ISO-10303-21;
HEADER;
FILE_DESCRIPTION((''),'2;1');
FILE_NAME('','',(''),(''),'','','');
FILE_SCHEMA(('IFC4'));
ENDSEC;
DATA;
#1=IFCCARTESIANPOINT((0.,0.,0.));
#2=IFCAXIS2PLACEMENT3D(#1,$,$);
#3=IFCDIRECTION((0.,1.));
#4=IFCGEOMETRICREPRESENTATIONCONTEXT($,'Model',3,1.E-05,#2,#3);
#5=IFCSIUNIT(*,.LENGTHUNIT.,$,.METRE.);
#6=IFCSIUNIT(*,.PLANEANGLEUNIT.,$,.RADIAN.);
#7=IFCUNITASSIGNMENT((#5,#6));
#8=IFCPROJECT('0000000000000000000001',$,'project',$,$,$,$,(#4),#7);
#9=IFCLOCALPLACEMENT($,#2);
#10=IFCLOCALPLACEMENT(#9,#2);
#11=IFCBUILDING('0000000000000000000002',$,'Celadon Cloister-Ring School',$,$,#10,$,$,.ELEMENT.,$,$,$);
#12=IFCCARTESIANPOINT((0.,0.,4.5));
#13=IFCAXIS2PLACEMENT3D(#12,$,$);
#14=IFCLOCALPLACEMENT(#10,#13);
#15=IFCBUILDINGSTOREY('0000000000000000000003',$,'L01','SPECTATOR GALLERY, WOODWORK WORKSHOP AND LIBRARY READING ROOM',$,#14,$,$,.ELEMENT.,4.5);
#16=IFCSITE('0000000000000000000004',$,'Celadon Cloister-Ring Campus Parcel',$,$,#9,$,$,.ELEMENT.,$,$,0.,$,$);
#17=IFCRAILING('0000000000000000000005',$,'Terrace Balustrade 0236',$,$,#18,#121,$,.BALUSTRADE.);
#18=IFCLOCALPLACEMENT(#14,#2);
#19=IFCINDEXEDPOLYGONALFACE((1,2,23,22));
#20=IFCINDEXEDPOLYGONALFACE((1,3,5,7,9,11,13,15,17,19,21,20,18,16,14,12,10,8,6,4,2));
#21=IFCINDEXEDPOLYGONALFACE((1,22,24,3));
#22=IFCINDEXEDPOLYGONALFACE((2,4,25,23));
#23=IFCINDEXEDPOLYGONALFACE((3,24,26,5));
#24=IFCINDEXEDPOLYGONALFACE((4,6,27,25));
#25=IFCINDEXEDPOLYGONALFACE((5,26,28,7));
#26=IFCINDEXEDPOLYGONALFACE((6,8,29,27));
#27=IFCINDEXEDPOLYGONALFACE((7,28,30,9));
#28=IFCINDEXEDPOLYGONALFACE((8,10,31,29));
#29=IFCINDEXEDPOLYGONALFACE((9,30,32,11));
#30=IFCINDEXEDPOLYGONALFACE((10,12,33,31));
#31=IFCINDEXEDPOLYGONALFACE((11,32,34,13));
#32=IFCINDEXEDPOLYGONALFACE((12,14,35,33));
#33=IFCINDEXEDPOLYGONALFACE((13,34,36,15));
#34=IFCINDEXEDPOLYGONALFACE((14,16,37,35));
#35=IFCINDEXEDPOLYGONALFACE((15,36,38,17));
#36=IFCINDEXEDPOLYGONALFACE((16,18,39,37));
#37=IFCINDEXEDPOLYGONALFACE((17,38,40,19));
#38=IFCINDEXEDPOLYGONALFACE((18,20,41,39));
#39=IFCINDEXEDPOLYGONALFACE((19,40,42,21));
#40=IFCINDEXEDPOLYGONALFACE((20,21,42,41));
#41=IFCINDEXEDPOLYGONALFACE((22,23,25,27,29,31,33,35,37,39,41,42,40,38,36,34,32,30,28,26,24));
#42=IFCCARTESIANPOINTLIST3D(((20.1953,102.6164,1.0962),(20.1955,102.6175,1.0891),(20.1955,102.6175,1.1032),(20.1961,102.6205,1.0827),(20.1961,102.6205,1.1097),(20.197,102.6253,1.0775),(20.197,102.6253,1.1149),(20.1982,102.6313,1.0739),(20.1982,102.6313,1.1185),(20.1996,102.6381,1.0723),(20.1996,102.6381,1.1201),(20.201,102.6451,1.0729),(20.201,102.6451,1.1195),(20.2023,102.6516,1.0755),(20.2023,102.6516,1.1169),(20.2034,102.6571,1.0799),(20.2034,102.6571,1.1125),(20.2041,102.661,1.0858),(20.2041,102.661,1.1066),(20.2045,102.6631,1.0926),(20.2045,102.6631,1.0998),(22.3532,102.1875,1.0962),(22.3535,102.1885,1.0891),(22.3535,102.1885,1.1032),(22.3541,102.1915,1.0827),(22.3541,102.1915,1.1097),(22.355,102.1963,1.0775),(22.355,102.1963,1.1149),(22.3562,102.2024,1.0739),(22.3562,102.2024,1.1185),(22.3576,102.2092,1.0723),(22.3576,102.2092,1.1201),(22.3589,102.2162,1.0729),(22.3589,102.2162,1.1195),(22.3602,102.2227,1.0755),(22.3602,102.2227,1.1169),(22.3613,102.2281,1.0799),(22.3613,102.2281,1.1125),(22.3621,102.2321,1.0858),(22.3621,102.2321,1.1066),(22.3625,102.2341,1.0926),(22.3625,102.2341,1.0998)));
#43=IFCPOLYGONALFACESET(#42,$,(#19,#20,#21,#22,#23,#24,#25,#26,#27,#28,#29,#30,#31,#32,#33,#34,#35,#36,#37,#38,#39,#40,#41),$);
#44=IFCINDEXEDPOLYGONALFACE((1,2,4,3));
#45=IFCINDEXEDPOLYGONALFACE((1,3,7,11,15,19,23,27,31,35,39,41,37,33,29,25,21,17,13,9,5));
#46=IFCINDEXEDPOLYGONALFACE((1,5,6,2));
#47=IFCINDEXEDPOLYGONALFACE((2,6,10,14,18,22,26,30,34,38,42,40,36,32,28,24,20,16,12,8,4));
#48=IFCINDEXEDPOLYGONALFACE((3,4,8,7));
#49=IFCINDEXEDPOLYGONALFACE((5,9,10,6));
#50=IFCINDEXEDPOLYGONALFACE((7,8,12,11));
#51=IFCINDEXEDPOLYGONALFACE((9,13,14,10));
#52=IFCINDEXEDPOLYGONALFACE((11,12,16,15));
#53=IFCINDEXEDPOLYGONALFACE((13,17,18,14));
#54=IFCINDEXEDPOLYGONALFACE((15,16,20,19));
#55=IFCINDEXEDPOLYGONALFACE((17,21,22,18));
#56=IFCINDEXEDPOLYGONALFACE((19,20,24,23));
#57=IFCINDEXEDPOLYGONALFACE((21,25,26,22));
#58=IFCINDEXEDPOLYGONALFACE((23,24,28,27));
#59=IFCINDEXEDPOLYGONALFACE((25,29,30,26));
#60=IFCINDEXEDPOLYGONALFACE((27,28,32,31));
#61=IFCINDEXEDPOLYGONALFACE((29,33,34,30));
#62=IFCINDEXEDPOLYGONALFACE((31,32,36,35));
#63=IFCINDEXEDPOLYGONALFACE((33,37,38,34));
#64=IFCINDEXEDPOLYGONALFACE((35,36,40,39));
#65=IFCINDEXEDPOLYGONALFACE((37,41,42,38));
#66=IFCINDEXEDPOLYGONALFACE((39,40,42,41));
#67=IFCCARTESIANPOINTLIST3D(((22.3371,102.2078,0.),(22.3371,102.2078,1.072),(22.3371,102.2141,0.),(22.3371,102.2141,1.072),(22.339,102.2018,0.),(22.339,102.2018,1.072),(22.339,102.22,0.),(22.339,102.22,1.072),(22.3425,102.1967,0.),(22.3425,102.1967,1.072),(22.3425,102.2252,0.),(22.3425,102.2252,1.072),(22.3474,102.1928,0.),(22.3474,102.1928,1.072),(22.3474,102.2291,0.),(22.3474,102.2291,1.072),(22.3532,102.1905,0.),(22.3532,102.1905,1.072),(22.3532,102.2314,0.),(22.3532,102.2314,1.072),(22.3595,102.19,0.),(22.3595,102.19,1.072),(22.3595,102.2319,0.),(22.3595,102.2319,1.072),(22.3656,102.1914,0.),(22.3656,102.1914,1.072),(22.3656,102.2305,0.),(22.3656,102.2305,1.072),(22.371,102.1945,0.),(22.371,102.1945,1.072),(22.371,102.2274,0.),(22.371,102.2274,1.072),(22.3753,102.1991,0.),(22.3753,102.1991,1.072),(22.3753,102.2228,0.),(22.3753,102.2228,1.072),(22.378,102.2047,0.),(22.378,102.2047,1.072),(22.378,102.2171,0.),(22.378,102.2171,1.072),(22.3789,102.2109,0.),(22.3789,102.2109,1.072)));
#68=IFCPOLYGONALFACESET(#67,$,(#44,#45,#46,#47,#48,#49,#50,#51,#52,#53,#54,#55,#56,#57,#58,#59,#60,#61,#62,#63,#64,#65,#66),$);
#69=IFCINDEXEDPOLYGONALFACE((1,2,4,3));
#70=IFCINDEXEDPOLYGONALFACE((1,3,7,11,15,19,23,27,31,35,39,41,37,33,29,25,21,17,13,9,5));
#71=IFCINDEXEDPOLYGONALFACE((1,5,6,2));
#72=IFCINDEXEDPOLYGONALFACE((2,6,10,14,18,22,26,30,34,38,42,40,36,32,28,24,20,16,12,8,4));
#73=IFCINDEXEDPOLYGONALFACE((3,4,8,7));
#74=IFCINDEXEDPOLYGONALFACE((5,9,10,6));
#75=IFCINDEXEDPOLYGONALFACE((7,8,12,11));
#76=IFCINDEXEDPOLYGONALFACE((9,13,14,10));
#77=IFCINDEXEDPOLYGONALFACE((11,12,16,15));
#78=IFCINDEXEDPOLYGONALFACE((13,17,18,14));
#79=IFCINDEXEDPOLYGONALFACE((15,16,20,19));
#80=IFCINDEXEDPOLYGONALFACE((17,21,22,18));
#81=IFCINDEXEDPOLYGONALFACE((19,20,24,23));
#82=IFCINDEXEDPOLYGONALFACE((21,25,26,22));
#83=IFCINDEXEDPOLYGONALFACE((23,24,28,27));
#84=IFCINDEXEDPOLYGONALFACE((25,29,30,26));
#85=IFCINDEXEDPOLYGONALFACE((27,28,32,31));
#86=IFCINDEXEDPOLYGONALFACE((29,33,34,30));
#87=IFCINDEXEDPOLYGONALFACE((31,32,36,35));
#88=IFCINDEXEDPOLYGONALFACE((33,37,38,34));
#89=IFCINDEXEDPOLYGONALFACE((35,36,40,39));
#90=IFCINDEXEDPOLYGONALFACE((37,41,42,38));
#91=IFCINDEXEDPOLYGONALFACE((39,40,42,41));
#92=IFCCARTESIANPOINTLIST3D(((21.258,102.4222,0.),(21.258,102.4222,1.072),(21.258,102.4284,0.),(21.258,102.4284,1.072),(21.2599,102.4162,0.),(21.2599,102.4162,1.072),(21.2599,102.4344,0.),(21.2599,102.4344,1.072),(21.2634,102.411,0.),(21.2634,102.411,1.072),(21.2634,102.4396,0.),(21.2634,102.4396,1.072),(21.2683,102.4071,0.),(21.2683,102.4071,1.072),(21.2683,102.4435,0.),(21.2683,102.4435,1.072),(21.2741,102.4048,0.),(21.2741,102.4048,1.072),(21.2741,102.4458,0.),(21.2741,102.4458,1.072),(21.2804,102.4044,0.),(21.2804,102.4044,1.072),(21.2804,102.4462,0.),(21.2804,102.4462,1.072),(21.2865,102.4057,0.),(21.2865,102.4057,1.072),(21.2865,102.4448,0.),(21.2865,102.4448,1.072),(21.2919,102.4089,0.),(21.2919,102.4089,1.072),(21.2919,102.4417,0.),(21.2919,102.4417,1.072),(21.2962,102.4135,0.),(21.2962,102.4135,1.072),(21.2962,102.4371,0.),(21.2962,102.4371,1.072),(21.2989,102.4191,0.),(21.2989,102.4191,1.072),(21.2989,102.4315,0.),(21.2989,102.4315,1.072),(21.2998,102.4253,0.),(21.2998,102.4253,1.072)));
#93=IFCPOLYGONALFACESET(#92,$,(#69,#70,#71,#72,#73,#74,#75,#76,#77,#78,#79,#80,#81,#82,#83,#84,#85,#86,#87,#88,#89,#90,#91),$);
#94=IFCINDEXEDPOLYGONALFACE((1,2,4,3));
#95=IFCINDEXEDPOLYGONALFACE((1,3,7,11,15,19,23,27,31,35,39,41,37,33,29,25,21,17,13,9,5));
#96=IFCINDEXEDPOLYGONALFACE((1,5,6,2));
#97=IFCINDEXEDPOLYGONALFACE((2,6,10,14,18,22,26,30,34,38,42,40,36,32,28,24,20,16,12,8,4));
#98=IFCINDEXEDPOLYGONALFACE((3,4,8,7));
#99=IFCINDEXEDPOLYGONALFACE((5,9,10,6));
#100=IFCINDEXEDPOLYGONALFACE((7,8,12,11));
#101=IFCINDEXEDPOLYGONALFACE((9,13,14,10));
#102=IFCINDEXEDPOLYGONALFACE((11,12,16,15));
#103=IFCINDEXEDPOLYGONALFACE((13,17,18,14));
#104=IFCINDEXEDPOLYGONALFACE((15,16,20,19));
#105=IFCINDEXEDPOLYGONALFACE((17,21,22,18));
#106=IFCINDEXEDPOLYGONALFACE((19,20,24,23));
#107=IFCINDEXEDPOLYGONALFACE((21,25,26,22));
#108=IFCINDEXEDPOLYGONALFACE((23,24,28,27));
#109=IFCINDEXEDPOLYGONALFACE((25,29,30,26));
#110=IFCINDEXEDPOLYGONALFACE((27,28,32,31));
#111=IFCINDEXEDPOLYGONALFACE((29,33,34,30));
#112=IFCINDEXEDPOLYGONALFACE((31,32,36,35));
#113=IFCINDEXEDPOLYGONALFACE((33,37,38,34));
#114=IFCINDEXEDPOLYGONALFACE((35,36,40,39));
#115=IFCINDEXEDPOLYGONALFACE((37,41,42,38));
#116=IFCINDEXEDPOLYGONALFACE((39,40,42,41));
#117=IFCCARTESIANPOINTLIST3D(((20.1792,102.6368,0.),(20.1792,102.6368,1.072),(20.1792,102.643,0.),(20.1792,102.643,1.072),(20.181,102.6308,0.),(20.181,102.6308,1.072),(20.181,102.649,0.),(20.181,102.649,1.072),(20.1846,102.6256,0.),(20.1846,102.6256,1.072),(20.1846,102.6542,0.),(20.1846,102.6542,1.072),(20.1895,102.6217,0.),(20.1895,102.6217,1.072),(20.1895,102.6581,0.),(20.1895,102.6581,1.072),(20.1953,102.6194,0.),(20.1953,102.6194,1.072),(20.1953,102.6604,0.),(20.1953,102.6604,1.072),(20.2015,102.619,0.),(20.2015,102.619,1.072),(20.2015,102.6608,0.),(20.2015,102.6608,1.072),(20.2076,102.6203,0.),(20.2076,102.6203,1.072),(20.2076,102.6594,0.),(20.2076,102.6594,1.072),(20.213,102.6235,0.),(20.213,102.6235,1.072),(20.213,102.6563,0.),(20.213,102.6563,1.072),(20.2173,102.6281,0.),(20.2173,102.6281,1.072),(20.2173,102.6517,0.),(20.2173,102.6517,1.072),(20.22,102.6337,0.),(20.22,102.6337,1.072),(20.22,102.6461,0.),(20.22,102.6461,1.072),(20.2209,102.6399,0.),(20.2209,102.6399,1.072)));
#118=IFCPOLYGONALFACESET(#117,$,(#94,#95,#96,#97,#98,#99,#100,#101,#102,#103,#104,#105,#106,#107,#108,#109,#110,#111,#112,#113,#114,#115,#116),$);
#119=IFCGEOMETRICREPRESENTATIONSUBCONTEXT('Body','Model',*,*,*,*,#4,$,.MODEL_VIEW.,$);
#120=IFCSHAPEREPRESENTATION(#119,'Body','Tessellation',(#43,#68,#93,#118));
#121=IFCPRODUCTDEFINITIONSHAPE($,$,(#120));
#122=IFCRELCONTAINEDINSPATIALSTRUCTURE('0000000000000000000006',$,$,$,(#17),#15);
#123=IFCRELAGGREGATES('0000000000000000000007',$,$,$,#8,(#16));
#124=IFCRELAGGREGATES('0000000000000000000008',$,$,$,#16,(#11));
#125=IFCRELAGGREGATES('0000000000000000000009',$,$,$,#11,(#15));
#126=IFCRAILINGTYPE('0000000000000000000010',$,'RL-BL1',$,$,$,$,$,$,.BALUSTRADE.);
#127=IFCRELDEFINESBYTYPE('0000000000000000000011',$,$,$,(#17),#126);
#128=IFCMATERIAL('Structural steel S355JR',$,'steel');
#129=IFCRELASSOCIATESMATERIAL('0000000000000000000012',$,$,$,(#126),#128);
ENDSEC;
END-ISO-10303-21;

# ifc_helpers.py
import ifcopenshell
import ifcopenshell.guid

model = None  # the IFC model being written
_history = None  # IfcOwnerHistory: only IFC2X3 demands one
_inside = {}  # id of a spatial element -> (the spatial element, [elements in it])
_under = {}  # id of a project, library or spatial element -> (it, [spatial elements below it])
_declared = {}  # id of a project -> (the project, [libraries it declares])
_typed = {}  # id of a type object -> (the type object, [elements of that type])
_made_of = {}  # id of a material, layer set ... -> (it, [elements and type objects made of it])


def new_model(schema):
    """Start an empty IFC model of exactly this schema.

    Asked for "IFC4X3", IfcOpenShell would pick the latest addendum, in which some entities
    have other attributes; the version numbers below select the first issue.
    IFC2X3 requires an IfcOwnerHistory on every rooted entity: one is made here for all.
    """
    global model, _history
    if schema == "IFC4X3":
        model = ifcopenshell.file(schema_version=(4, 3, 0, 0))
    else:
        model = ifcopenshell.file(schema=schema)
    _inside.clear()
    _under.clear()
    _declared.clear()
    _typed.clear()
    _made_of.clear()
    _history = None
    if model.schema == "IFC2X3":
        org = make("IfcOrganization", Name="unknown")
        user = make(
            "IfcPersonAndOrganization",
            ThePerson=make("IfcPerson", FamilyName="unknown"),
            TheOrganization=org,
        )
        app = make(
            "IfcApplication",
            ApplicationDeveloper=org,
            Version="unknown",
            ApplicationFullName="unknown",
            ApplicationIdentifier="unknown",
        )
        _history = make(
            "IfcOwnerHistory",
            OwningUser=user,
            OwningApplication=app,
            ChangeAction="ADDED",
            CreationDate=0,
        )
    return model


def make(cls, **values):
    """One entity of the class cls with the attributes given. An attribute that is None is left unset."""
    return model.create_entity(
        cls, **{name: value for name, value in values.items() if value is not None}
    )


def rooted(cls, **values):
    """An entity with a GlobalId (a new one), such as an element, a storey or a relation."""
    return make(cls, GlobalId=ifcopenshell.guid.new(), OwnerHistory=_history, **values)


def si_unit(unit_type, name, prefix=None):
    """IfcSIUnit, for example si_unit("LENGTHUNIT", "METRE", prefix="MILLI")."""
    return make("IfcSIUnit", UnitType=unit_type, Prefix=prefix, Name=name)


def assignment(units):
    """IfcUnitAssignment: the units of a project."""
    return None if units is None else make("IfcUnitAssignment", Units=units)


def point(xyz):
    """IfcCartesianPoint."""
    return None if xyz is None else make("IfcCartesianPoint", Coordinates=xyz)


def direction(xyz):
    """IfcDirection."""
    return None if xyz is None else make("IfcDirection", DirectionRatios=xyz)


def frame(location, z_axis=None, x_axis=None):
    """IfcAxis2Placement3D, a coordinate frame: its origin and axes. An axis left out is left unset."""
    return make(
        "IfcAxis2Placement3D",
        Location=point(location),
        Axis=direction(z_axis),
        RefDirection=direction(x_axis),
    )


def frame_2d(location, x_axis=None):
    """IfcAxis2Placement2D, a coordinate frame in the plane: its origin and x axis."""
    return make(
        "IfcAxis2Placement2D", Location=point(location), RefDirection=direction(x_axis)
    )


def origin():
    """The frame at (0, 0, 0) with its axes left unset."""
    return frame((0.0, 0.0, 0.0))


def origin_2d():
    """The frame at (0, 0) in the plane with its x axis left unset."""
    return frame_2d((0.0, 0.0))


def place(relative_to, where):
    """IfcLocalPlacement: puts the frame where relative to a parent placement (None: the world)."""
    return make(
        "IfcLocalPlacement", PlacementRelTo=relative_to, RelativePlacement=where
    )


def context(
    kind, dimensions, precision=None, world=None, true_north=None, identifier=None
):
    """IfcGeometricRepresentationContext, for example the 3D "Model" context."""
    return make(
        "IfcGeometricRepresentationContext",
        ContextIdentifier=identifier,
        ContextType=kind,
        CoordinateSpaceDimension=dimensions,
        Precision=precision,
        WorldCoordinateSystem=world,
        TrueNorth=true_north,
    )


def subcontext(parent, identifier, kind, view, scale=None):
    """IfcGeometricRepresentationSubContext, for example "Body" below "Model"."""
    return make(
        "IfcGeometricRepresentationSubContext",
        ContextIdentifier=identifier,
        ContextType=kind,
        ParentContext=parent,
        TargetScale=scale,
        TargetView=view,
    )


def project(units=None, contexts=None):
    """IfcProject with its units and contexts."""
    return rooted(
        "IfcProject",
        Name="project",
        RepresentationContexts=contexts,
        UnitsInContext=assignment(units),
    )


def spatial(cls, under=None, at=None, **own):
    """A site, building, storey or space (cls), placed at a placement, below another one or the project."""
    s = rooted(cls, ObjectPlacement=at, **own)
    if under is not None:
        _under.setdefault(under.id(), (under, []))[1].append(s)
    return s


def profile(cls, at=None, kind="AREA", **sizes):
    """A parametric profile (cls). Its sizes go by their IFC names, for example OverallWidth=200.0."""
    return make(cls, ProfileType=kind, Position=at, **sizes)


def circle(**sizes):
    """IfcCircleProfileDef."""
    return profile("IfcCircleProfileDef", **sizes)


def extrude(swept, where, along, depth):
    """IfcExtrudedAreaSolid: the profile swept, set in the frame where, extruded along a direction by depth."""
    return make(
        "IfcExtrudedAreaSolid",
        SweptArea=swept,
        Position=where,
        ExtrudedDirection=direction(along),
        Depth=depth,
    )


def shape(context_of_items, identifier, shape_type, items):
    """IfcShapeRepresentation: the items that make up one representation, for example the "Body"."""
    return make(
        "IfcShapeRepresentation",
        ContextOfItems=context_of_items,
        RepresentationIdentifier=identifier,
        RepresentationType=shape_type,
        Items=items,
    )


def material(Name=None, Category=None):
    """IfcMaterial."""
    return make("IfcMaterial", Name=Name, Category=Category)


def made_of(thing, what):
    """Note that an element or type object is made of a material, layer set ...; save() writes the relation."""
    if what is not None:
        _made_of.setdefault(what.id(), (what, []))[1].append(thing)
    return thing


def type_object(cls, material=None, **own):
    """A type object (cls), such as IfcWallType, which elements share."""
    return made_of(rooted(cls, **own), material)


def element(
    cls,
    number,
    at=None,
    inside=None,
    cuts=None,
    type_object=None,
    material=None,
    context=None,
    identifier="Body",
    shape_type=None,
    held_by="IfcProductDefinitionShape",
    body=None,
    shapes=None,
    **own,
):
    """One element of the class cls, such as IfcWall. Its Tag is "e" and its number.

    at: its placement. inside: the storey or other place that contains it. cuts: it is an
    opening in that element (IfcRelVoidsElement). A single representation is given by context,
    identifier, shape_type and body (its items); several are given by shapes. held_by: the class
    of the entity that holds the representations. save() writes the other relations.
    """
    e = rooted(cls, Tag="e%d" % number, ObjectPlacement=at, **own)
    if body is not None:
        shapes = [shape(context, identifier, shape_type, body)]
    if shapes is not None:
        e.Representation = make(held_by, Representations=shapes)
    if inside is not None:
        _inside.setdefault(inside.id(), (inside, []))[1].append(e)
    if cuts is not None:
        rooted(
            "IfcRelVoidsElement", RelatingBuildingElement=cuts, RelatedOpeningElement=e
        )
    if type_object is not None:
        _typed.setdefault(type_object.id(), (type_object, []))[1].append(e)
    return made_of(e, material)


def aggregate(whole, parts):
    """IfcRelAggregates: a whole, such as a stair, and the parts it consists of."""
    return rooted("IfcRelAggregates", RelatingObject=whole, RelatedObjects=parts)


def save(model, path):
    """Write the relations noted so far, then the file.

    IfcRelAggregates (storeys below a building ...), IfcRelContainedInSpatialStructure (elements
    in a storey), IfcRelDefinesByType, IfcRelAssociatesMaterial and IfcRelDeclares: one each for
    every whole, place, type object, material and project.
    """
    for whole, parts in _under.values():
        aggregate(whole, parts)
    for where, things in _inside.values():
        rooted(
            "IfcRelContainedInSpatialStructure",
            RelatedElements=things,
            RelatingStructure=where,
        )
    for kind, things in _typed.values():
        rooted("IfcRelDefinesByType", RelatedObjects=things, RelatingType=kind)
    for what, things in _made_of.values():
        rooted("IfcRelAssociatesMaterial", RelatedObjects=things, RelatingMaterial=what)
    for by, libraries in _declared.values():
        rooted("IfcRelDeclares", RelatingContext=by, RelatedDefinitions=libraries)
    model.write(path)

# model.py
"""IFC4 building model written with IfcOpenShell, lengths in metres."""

from ifc_helpers import new_model, si_unit, direction, frame, origin, origin_2d, place, context, subcontext, project, spatial, circle, extrude, material, type_object, element, save


model = new_model("IFC4")

# Units and contexts
model_context = context("Model", 3, precision=1e-05, world=origin(), true_north=direction((0.0, 1.0)))
body_context = subcontext(model_context, "Body", "Model", "MODEL_VIEW")
ifc_project = project(units=[si_unit("LENGTHUNIT", "METRE"), si_unit("PLANEANGLEUNIT", "RADIAN")], contexts=[model_context])

# Site, building, storey
site_placement = place(None, origin())
site = spatial("IfcSite", under=ifc_project, at=site_placement, Name="Celadon Cloister-Ring Campus Parcel", CompositionType="ELEMENT", RefElevation=0.0)
building_placement = place(site_placement, origin())
building = spatial("IfcBuilding", under=site, at=building_placement, Name="Celadon Cloister-Ring School", CompositionType="ELEMENT")
storey_placement = place(building_placement, frame((0.0, 0.0, 4.5)))
storey = spatial("IfcBuildingStorey", under=building, at=storey_placement, Name="L01", Description="SPECTATOR GALLERY, WOODWORK WORKSHOP AND LIBRARY READING ROOM", CompositionType="ELEMENT", Elevation=4.5)

# Railing
ifc_material_1 = material(Name="Structural steel S355JR", Category="steel")
railing_type = type_object("IfcRailingType", Name="RL-BL1", PredefinedType="BALUSTRADE", material=ifc_material_1)
railing_1_placement = place(storey_placement, frame((22.3579, 102.2109, 0.0)))
element("IfcRailing", 1, at=railing_1_placement, inside=storey, type_object=railing_type, Name="Terrace Balustrade 0236", PredefinedType="BALUSTRADE", context=body_context, shape_type="SweptSolid", body=[
    extrude(circle(Radius=0.0239, at=origin_2d()), frame((0.0, 0.0, 1.0962), z_axis=(-0.98081, 0.194964, 0.0), x_axis=(-0.194964, -0.98081, 0.0)), (0.0, 0.0, 1.0), 2.2002),
    extrude(circle(Radius=0.021, at=origin_2d()), origin(), (0.0, 0.0, 1.0), 1.072),
    extrude(circle(Radius=0.021, at=origin_2d()), frame((-1.0791, 0.2144, 0.0)), (0.0, 0.0, 1.0), 1.072),
    extrude(circle(Radius=0.021, at=origin_2d()), frame((-2.158, 0.429, 0.0)), (0.0, 0.0, 1.0), 1.072),
])

save(model, "model.ifc")
